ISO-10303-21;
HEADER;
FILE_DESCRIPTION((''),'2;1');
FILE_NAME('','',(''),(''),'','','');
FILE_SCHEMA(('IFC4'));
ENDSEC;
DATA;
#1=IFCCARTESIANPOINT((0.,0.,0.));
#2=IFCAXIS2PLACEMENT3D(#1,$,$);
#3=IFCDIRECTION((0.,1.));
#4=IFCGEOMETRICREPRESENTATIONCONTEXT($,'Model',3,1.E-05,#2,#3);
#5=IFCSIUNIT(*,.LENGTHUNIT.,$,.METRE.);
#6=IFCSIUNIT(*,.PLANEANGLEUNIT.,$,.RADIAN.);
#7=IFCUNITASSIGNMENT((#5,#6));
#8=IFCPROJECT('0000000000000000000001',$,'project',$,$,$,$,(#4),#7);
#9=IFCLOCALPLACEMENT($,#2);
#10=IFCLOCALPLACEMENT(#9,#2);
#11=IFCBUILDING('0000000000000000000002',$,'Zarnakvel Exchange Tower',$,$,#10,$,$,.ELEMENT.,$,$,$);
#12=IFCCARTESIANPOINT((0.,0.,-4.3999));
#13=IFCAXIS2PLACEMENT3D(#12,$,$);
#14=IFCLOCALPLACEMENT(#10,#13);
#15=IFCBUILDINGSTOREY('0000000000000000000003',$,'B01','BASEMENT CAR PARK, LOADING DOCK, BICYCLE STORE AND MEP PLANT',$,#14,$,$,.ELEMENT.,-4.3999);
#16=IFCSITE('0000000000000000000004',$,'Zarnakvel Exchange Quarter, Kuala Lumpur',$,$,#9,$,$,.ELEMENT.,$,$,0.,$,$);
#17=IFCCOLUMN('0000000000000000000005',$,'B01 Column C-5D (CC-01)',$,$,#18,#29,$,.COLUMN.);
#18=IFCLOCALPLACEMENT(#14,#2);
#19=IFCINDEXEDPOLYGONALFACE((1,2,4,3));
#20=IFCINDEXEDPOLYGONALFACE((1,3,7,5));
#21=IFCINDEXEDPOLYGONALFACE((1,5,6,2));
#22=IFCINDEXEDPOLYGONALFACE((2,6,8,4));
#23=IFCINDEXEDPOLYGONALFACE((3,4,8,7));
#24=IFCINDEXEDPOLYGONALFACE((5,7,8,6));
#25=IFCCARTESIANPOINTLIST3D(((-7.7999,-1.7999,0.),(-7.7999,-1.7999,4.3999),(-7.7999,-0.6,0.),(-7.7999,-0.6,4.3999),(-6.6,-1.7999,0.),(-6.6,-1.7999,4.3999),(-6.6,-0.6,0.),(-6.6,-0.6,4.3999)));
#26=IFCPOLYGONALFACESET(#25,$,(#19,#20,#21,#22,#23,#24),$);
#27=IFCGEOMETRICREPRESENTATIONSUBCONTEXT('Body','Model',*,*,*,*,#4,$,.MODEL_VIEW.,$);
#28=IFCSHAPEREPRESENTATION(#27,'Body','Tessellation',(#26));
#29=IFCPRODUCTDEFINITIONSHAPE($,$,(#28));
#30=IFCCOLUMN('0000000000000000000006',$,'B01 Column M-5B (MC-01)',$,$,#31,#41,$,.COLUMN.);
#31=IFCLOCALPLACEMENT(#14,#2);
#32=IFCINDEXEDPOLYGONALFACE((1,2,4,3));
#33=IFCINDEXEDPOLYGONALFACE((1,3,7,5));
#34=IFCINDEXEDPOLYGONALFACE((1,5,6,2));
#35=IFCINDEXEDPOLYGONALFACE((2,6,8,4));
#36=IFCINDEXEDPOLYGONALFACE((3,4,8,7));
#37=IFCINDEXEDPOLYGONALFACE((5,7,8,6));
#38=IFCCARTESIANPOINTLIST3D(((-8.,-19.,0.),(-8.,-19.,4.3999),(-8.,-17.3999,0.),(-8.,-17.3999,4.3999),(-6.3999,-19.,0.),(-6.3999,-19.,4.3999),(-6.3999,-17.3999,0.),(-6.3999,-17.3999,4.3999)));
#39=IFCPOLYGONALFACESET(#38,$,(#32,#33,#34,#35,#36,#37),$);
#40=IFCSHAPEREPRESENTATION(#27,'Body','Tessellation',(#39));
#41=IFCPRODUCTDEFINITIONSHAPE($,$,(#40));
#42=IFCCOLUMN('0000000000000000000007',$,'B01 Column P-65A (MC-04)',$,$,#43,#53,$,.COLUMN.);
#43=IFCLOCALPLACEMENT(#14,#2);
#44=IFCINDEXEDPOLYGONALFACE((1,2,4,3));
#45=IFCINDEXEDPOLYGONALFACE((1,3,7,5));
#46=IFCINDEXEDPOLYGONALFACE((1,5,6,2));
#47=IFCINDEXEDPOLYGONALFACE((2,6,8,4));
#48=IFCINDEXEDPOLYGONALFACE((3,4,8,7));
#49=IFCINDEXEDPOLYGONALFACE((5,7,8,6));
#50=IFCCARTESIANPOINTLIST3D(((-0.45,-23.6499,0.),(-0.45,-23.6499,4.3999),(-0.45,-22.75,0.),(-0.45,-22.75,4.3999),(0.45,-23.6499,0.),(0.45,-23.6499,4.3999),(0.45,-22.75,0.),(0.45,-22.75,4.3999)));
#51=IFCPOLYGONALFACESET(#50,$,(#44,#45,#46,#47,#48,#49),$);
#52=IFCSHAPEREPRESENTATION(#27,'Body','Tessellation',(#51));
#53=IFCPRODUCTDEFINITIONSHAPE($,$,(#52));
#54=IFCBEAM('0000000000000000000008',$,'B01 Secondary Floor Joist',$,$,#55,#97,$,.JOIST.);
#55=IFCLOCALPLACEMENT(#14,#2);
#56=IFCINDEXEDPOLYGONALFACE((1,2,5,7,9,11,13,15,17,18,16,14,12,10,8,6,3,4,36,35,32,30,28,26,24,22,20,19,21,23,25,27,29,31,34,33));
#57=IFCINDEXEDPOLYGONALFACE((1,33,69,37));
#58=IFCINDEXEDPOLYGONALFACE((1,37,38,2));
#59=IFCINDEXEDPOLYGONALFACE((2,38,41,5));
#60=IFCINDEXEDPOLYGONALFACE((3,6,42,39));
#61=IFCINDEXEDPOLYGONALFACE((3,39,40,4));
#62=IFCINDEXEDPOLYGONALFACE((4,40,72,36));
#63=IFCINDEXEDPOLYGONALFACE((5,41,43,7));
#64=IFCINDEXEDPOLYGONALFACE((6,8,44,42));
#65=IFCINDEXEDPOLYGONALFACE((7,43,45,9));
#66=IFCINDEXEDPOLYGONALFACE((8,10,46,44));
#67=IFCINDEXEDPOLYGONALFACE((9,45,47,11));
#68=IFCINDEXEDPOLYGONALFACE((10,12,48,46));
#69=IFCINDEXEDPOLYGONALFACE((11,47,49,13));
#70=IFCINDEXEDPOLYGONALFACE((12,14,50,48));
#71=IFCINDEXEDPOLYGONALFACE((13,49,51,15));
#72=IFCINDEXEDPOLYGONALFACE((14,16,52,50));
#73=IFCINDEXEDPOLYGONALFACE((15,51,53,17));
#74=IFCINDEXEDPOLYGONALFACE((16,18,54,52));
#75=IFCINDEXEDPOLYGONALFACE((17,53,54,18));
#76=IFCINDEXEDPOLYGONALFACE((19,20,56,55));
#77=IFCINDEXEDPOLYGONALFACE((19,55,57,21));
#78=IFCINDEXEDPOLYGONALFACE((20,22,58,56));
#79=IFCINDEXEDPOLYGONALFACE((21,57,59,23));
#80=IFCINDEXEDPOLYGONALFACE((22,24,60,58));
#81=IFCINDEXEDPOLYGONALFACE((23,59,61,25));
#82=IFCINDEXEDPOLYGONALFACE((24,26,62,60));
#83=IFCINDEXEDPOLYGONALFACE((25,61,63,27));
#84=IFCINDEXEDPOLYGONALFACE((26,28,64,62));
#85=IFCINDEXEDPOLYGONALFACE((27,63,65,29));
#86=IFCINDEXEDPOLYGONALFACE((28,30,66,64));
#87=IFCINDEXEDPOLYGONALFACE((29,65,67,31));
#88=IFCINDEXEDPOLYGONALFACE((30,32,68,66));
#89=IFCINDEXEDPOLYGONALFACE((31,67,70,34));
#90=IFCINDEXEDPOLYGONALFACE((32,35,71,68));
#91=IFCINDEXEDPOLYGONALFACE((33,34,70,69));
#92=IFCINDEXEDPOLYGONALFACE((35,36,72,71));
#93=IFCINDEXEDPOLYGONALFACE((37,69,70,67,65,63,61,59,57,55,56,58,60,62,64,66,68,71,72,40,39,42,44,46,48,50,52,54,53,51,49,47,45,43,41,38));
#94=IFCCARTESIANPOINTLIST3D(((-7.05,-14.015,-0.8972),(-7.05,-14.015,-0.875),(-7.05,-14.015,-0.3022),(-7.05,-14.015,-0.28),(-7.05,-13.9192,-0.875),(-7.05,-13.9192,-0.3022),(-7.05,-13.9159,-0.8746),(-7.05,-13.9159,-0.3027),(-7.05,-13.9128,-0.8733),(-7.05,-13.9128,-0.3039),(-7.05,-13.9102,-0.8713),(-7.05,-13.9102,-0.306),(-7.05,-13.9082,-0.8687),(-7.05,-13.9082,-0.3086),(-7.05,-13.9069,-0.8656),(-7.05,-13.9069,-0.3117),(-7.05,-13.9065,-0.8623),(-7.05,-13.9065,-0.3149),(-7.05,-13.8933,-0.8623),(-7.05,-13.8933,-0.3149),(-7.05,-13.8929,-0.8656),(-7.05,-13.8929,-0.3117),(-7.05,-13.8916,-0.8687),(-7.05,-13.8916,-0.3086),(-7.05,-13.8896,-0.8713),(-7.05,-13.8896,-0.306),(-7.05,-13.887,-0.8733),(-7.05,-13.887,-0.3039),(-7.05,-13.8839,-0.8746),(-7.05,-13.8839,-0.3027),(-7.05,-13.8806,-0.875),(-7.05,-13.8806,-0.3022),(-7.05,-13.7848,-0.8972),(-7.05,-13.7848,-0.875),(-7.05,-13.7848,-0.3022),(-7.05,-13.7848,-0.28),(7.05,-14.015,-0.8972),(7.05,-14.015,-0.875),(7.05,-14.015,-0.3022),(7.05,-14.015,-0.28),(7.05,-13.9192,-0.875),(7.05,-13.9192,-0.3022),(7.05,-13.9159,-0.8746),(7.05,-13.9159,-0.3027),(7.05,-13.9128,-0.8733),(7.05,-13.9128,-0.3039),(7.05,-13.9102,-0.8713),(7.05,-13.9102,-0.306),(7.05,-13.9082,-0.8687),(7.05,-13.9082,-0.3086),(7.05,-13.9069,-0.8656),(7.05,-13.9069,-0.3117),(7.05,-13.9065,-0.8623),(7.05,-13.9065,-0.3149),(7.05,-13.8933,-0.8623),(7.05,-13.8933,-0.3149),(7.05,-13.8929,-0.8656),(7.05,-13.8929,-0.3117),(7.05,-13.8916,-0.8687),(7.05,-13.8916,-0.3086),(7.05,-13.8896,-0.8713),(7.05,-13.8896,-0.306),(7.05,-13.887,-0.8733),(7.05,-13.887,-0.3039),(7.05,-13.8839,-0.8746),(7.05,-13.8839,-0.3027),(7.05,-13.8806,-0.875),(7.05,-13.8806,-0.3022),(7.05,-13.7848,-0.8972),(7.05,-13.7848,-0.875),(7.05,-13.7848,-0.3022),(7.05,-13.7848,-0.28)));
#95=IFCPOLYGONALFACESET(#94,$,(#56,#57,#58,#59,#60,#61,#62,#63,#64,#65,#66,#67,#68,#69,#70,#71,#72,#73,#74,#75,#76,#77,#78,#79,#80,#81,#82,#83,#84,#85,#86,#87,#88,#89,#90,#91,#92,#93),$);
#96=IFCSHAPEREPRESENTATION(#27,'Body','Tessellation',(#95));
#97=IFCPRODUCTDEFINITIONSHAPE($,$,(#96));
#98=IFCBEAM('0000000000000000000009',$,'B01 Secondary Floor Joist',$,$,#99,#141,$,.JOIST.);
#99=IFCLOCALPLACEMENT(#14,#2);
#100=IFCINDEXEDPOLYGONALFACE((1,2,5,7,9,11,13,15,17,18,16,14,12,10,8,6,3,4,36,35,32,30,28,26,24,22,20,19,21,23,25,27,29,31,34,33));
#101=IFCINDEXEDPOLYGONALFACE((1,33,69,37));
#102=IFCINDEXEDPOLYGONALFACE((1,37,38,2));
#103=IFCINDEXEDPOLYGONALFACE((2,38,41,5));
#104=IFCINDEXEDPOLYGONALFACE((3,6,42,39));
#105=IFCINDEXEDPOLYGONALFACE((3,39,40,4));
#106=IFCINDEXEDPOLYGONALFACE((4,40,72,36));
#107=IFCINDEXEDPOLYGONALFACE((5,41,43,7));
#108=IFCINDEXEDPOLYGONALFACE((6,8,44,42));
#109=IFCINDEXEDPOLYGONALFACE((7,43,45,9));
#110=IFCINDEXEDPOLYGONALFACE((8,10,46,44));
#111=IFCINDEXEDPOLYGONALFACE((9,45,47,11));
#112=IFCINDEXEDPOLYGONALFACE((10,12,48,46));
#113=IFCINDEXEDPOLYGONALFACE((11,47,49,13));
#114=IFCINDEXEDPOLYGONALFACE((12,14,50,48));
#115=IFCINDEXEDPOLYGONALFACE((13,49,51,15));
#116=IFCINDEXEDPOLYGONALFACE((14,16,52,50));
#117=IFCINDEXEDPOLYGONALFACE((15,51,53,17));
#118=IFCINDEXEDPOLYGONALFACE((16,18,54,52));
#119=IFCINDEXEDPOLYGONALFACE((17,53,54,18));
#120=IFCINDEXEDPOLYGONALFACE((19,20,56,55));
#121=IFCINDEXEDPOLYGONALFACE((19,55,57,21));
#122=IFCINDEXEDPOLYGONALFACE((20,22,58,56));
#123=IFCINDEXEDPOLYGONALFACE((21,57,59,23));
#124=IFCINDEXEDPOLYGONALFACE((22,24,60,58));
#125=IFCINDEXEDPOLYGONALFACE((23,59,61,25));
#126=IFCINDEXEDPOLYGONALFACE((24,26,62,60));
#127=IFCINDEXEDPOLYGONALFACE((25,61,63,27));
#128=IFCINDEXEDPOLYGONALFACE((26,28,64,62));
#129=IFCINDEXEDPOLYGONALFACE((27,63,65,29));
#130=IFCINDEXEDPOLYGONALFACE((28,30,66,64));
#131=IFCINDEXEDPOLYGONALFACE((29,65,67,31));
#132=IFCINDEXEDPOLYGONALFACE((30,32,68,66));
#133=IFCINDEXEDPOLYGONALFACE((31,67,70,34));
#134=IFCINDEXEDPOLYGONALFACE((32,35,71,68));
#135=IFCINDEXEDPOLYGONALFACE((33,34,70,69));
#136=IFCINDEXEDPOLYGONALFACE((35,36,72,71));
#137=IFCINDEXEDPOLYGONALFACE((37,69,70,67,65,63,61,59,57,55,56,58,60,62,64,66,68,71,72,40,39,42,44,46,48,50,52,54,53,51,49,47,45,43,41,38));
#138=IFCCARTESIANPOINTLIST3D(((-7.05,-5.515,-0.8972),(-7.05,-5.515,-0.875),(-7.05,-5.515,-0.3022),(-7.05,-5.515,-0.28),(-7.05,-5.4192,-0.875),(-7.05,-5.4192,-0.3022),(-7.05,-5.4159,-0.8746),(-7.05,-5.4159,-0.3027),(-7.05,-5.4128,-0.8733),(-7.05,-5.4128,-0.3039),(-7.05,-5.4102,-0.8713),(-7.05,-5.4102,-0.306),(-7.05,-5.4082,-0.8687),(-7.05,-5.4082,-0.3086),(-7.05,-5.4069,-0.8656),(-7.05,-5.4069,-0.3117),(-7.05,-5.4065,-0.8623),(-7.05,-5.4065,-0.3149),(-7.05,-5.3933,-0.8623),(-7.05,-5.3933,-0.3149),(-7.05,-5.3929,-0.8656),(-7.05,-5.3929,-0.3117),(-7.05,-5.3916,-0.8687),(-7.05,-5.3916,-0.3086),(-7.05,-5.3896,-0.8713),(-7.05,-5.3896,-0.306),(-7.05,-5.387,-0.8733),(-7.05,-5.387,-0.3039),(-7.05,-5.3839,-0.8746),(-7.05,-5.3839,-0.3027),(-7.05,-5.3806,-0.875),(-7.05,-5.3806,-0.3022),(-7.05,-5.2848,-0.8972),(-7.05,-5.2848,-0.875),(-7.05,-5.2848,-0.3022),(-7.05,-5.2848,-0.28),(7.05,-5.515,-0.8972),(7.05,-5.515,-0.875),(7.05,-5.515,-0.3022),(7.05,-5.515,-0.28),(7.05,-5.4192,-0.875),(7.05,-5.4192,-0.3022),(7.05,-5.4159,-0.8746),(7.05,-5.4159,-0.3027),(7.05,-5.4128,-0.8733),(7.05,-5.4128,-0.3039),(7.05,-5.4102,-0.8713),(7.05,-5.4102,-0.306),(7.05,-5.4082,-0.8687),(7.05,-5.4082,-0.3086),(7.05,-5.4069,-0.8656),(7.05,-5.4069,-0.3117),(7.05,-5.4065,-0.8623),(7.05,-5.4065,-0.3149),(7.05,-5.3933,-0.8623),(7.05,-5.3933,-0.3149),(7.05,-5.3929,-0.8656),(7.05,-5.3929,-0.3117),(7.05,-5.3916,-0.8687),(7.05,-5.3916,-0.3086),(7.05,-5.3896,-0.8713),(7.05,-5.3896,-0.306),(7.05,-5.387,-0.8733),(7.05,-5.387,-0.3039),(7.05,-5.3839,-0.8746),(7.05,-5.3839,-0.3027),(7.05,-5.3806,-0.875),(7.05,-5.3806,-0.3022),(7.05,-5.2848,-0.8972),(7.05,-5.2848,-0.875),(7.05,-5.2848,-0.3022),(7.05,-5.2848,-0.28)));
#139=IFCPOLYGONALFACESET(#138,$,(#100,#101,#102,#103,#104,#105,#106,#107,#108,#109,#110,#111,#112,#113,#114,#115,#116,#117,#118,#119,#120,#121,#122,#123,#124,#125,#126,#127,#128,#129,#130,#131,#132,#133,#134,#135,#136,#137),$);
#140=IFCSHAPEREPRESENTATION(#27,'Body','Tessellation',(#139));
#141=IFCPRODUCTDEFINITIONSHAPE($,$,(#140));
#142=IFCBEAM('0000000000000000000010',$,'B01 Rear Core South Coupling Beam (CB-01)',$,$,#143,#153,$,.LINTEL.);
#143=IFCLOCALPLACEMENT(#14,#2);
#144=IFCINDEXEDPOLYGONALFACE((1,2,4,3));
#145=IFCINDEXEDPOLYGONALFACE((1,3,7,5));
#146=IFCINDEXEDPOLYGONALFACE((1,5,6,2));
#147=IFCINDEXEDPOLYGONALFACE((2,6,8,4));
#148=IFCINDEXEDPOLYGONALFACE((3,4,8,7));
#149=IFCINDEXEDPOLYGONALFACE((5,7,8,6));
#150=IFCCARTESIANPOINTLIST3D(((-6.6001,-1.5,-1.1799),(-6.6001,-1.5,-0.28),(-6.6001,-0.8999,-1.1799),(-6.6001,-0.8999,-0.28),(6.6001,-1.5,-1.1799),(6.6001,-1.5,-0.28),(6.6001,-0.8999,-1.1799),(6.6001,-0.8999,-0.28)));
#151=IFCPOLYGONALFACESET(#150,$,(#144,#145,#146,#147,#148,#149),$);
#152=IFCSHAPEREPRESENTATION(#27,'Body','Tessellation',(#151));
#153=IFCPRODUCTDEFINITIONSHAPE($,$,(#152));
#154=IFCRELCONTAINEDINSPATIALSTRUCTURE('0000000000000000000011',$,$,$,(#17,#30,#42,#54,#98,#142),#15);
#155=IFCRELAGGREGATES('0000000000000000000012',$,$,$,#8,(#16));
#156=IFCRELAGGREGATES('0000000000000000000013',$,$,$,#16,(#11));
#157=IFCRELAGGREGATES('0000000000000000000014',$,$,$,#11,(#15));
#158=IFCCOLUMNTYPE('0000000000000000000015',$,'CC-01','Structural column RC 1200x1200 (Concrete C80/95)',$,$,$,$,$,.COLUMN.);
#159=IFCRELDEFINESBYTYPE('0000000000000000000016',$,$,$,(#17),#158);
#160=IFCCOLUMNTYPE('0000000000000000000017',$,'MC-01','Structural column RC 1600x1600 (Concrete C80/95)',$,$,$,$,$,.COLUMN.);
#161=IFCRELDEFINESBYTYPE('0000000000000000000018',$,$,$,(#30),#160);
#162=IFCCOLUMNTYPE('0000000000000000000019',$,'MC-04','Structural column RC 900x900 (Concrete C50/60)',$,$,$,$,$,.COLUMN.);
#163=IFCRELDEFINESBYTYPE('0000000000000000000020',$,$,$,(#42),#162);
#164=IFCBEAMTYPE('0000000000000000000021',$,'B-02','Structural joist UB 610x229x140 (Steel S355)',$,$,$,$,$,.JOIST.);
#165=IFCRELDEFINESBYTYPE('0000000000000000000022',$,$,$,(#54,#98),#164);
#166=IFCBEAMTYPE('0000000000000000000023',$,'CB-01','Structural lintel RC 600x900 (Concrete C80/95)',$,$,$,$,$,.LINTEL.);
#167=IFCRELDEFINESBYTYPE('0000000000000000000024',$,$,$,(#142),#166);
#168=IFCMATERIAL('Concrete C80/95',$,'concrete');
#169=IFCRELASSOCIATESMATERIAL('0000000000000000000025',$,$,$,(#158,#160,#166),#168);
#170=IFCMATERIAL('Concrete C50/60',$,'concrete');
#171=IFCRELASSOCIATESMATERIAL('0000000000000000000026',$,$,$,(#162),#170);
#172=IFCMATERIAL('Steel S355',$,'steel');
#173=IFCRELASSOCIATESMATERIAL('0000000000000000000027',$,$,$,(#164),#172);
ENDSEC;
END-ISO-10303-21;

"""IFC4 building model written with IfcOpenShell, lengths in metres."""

from ifc_helpers import new_model, si_unit, direction, frame, origin, origin_2d, place, context, subcontext, project, spatial, rectangle, i_section, extrude, material, material_profile, profile_set, type_object, element, save


model = new_model("IFC4")

# Units and contexts
model_context = context("Model", 3, precision=1e-05, world=origin(), true_north=direction((0.0, 1.0)))
body_context = subcontext(model_context, "Body", "Model", "MODEL_VIEW")
ifc_project = project(units=[si_unit("LENGTHUNIT", "METRE"), si_unit("PLANEANGLEUNIT", "RADIAN")], contexts=[model_context])

# Site, building, storey
site_placement = place(None, origin())
site = spatial("IfcSite", under=ifc_project, at=site_placement, Name="Zarnakvel Exchange Quarter, Kuala Lumpur", CompositionType="ELEMENT", RefElevation=0.0)
building_placement = place(site_placement, origin())
building = spatial("IfcBuilding", under=site, at=building_placement, Name="Zarnakvel Exchange Tower", CompositionType="ELEMENT")
storey_placement = place(building_placement, frame((0.0, 0.0, -4.3999)))
storey = spatial("IfcBuildingStorey", under=building, at=storey_placement, Name="B01", Description="BASEMENT CAR PARK, LOADING DOCK, BICYCLE STORE AND MEP PLANT", CompositionType="ELEMENT", Elevation=-4.3999)

# Columns
ifc_material_1 = material(Name="Concrete C80/95", Category="concrete")
ifc_material_profile_1 = material_profile(ifc_material_1, rectangle(XDim=1.2, YDim=1.2, at=origin_2d()))
ifc_profile_set_1 = profile_set([ifc_material_profile_1], Name="Concrete C80/95")
column_type_1 = type_object("IfcColumnType", Name="CC-01", Description="Structural column RC 1200x1200 (Concrete C80/95)", PredefinedType="COLUMN", material=ifc_profile_set_1)
column_1_placement = place(storey_placement, frame((-7.2, -1.2, 0.0), z_axis=(0.0, 0.0, 1.0), x_axis=(1.0, 0.0, 0.0)))
element("IfcColumn", 1, at=column_1_placement, inside=storey, type_object=column_type_1, Name="B01 Column C-5D (CC-01)", PredefinedType="COLUMN", context=body_context, shape_type="SweptSolid", body=[
    extrude(rectangle(XDim=1.2, YDim=1.2, at=origin_2d()), origin(), (0.0, 0.0, 1.0), 4.3999),
])
ifc_material_profile_2 = material_profile(ifc_material_1, rectangle(XDim=1.6001, YDim=1.6001, at=origin_2d()))
ifc_profile_set_2 = profile_set([ifc_material_profile_2], Name="Concrete C80/95")
column_type_2 = type_object("IfcColumnType", Name="MC-01", Description="Structural column RC 1600x1600 (Concrete C80/95)", PredefinedType="COLUMN", material=ifc_profile_set_2)
column_2_placement = place(storey_placement, frame((-7.2, -18.2, 0.0), z_axis=(0.0, 0.0, 1.0), x_axis=(1.0, 0.0, 0.0)))
element("IfcColumn", 2, at=column_2_placement, inside=storey, type_object=column_type_2, Name="B01 Column M-5B (MC-01)", PredefinedType="COLUMN", context=body_context, shape_type="SweptSolid", body=[
    extrude(rectangle(XDim=1.6001, YDim=1.6001, at=origin_2d()), origin(), (0.0, 0.0, 1.0), 4.3999),
])
ifc_material_2 = material(Name="Concrete C50/60", Category="concrete")
ifc_material_profile_3 = material_profile(ifc_material_2, rectangle(XDim=0.8999, YDim=0.8999, at=origin_2d()))
ifc_profile_set_3 = profile_set([ifc_material_profile_3], Name="Concrete C50/60")
column_type_3 = type_object("IfcColumnType", Name="MC-04", Description="Structural column RC 900x900 (Concrete C50/60)", PredefinedType="COLUMN", material=ifc_profile_set_3)
column_3_placement = place(storey_placement, frame((0.0, -23.2, 0.0), z_axis=(0.0, 0.0, 1.0), x_axis=(1.0, 0.0, 0.0)))
element("IfcColumn", 3, at=column_3_placement, inside=storey, type_object=column_type_3, Name="B01 Column P-65A (MC-04)", PredefinedType="COLUMN", context=body_context, shape_type="SweptSolid", body=[
    extrude(rectangle(XDim=0.8999, YDim=0.8999, at=origin_2d()), origin(), (0.0, 0.0, 1.0), 4.3999),
])

# Beams
ifc_material_3 = material(Name="Steel S355", Category="steel")
ifc_material_profile_4 = material_profile(ifc_material_3, i_section(OverallWidth=0.2302, OverallDepth=0.6172, WebThickness=0.0132, FlangeThickness=0.0222, FilletRadius=0.0127, at=origin_2d()))
ifc_profile_set_4 = profile_set([ifc_material_profile_4], Name="Steel S355")
beam_type_1 = type_object("IfcBeamType", Name="B-02", Description="Structural joist UB 610x229x140 (Steel S355)", PredefinedType="JOIST", material=ifc_profile_set_4)
for number, where, z_axis, x_axis, name in (
    (4, (-7.05, -13.8999, -0.5886), (1.0, 0.0, 0.0), (0.0, 1.0, 0.0), "B01 Secondary Floor Joist"),
    (5, (-7.05, -5.3999, -0.5886), (1.0, 0.0, 0.0), (0.0, 1.0, 0.0), "B01 Secondary Floor Joist"),
):
    element("IfcBeam", number, at=place(storey_placement, frame(where, z_axis=z_axis, x_axis=x_axis)), inside=storey, type_object=beam_type_1, Name=name, PredefinedType="JOIST", context=body_context, shape_type="SweptSolid", body=[
        extrude(i_section(OverallWidth=0.2302, OverallDepth=0.6172, WebThickness=0.0132, FlangeThickness=0.0222, FilletRadius=0.0127, at=origin_2d()), origin(), (0.0, 0.0, 1.0), 14.1001),
    ])
ifc_material_profile_5 = material_profile(ifc_material_1, rectangle(XDim=0.6001, YDim=0.8999, at=origin_2d()))
ifc_profile_set_5 = profile_set([ifc_material_profile_5], Name="Concrete C80/95")
beam_type_2 = type_object("IfcBeamType", Name="CB-01", Description="Structural lintel RC 600x900 (Concrete C80/95)", PredefinedType="LINTEL", material=ifc_profile_set_5)
beam_1_placement = place(storey_placement, frame((-6.6001, -1.2, -0.73), z_axis=(1.0, 0.0, 0.0), x_axis=(0.0, 1.0, 0.0)))
element("IfcBeam", 6, at=beam_1_placement, inside=storey, type_object=beam_type_2, Name="B01 Rear Core South Coupling Beam (CB-01)", PredefinedType="LINTEL", context=body_context, shape_type="SweptSolid", body=[
    extrude(rectangle(XDim=0.6001, YDim=0.8999, at=origin_2d()), origin(), (0.0, 0.0, 1.0), 13.2002),
])

save(model, "model.ifc")
